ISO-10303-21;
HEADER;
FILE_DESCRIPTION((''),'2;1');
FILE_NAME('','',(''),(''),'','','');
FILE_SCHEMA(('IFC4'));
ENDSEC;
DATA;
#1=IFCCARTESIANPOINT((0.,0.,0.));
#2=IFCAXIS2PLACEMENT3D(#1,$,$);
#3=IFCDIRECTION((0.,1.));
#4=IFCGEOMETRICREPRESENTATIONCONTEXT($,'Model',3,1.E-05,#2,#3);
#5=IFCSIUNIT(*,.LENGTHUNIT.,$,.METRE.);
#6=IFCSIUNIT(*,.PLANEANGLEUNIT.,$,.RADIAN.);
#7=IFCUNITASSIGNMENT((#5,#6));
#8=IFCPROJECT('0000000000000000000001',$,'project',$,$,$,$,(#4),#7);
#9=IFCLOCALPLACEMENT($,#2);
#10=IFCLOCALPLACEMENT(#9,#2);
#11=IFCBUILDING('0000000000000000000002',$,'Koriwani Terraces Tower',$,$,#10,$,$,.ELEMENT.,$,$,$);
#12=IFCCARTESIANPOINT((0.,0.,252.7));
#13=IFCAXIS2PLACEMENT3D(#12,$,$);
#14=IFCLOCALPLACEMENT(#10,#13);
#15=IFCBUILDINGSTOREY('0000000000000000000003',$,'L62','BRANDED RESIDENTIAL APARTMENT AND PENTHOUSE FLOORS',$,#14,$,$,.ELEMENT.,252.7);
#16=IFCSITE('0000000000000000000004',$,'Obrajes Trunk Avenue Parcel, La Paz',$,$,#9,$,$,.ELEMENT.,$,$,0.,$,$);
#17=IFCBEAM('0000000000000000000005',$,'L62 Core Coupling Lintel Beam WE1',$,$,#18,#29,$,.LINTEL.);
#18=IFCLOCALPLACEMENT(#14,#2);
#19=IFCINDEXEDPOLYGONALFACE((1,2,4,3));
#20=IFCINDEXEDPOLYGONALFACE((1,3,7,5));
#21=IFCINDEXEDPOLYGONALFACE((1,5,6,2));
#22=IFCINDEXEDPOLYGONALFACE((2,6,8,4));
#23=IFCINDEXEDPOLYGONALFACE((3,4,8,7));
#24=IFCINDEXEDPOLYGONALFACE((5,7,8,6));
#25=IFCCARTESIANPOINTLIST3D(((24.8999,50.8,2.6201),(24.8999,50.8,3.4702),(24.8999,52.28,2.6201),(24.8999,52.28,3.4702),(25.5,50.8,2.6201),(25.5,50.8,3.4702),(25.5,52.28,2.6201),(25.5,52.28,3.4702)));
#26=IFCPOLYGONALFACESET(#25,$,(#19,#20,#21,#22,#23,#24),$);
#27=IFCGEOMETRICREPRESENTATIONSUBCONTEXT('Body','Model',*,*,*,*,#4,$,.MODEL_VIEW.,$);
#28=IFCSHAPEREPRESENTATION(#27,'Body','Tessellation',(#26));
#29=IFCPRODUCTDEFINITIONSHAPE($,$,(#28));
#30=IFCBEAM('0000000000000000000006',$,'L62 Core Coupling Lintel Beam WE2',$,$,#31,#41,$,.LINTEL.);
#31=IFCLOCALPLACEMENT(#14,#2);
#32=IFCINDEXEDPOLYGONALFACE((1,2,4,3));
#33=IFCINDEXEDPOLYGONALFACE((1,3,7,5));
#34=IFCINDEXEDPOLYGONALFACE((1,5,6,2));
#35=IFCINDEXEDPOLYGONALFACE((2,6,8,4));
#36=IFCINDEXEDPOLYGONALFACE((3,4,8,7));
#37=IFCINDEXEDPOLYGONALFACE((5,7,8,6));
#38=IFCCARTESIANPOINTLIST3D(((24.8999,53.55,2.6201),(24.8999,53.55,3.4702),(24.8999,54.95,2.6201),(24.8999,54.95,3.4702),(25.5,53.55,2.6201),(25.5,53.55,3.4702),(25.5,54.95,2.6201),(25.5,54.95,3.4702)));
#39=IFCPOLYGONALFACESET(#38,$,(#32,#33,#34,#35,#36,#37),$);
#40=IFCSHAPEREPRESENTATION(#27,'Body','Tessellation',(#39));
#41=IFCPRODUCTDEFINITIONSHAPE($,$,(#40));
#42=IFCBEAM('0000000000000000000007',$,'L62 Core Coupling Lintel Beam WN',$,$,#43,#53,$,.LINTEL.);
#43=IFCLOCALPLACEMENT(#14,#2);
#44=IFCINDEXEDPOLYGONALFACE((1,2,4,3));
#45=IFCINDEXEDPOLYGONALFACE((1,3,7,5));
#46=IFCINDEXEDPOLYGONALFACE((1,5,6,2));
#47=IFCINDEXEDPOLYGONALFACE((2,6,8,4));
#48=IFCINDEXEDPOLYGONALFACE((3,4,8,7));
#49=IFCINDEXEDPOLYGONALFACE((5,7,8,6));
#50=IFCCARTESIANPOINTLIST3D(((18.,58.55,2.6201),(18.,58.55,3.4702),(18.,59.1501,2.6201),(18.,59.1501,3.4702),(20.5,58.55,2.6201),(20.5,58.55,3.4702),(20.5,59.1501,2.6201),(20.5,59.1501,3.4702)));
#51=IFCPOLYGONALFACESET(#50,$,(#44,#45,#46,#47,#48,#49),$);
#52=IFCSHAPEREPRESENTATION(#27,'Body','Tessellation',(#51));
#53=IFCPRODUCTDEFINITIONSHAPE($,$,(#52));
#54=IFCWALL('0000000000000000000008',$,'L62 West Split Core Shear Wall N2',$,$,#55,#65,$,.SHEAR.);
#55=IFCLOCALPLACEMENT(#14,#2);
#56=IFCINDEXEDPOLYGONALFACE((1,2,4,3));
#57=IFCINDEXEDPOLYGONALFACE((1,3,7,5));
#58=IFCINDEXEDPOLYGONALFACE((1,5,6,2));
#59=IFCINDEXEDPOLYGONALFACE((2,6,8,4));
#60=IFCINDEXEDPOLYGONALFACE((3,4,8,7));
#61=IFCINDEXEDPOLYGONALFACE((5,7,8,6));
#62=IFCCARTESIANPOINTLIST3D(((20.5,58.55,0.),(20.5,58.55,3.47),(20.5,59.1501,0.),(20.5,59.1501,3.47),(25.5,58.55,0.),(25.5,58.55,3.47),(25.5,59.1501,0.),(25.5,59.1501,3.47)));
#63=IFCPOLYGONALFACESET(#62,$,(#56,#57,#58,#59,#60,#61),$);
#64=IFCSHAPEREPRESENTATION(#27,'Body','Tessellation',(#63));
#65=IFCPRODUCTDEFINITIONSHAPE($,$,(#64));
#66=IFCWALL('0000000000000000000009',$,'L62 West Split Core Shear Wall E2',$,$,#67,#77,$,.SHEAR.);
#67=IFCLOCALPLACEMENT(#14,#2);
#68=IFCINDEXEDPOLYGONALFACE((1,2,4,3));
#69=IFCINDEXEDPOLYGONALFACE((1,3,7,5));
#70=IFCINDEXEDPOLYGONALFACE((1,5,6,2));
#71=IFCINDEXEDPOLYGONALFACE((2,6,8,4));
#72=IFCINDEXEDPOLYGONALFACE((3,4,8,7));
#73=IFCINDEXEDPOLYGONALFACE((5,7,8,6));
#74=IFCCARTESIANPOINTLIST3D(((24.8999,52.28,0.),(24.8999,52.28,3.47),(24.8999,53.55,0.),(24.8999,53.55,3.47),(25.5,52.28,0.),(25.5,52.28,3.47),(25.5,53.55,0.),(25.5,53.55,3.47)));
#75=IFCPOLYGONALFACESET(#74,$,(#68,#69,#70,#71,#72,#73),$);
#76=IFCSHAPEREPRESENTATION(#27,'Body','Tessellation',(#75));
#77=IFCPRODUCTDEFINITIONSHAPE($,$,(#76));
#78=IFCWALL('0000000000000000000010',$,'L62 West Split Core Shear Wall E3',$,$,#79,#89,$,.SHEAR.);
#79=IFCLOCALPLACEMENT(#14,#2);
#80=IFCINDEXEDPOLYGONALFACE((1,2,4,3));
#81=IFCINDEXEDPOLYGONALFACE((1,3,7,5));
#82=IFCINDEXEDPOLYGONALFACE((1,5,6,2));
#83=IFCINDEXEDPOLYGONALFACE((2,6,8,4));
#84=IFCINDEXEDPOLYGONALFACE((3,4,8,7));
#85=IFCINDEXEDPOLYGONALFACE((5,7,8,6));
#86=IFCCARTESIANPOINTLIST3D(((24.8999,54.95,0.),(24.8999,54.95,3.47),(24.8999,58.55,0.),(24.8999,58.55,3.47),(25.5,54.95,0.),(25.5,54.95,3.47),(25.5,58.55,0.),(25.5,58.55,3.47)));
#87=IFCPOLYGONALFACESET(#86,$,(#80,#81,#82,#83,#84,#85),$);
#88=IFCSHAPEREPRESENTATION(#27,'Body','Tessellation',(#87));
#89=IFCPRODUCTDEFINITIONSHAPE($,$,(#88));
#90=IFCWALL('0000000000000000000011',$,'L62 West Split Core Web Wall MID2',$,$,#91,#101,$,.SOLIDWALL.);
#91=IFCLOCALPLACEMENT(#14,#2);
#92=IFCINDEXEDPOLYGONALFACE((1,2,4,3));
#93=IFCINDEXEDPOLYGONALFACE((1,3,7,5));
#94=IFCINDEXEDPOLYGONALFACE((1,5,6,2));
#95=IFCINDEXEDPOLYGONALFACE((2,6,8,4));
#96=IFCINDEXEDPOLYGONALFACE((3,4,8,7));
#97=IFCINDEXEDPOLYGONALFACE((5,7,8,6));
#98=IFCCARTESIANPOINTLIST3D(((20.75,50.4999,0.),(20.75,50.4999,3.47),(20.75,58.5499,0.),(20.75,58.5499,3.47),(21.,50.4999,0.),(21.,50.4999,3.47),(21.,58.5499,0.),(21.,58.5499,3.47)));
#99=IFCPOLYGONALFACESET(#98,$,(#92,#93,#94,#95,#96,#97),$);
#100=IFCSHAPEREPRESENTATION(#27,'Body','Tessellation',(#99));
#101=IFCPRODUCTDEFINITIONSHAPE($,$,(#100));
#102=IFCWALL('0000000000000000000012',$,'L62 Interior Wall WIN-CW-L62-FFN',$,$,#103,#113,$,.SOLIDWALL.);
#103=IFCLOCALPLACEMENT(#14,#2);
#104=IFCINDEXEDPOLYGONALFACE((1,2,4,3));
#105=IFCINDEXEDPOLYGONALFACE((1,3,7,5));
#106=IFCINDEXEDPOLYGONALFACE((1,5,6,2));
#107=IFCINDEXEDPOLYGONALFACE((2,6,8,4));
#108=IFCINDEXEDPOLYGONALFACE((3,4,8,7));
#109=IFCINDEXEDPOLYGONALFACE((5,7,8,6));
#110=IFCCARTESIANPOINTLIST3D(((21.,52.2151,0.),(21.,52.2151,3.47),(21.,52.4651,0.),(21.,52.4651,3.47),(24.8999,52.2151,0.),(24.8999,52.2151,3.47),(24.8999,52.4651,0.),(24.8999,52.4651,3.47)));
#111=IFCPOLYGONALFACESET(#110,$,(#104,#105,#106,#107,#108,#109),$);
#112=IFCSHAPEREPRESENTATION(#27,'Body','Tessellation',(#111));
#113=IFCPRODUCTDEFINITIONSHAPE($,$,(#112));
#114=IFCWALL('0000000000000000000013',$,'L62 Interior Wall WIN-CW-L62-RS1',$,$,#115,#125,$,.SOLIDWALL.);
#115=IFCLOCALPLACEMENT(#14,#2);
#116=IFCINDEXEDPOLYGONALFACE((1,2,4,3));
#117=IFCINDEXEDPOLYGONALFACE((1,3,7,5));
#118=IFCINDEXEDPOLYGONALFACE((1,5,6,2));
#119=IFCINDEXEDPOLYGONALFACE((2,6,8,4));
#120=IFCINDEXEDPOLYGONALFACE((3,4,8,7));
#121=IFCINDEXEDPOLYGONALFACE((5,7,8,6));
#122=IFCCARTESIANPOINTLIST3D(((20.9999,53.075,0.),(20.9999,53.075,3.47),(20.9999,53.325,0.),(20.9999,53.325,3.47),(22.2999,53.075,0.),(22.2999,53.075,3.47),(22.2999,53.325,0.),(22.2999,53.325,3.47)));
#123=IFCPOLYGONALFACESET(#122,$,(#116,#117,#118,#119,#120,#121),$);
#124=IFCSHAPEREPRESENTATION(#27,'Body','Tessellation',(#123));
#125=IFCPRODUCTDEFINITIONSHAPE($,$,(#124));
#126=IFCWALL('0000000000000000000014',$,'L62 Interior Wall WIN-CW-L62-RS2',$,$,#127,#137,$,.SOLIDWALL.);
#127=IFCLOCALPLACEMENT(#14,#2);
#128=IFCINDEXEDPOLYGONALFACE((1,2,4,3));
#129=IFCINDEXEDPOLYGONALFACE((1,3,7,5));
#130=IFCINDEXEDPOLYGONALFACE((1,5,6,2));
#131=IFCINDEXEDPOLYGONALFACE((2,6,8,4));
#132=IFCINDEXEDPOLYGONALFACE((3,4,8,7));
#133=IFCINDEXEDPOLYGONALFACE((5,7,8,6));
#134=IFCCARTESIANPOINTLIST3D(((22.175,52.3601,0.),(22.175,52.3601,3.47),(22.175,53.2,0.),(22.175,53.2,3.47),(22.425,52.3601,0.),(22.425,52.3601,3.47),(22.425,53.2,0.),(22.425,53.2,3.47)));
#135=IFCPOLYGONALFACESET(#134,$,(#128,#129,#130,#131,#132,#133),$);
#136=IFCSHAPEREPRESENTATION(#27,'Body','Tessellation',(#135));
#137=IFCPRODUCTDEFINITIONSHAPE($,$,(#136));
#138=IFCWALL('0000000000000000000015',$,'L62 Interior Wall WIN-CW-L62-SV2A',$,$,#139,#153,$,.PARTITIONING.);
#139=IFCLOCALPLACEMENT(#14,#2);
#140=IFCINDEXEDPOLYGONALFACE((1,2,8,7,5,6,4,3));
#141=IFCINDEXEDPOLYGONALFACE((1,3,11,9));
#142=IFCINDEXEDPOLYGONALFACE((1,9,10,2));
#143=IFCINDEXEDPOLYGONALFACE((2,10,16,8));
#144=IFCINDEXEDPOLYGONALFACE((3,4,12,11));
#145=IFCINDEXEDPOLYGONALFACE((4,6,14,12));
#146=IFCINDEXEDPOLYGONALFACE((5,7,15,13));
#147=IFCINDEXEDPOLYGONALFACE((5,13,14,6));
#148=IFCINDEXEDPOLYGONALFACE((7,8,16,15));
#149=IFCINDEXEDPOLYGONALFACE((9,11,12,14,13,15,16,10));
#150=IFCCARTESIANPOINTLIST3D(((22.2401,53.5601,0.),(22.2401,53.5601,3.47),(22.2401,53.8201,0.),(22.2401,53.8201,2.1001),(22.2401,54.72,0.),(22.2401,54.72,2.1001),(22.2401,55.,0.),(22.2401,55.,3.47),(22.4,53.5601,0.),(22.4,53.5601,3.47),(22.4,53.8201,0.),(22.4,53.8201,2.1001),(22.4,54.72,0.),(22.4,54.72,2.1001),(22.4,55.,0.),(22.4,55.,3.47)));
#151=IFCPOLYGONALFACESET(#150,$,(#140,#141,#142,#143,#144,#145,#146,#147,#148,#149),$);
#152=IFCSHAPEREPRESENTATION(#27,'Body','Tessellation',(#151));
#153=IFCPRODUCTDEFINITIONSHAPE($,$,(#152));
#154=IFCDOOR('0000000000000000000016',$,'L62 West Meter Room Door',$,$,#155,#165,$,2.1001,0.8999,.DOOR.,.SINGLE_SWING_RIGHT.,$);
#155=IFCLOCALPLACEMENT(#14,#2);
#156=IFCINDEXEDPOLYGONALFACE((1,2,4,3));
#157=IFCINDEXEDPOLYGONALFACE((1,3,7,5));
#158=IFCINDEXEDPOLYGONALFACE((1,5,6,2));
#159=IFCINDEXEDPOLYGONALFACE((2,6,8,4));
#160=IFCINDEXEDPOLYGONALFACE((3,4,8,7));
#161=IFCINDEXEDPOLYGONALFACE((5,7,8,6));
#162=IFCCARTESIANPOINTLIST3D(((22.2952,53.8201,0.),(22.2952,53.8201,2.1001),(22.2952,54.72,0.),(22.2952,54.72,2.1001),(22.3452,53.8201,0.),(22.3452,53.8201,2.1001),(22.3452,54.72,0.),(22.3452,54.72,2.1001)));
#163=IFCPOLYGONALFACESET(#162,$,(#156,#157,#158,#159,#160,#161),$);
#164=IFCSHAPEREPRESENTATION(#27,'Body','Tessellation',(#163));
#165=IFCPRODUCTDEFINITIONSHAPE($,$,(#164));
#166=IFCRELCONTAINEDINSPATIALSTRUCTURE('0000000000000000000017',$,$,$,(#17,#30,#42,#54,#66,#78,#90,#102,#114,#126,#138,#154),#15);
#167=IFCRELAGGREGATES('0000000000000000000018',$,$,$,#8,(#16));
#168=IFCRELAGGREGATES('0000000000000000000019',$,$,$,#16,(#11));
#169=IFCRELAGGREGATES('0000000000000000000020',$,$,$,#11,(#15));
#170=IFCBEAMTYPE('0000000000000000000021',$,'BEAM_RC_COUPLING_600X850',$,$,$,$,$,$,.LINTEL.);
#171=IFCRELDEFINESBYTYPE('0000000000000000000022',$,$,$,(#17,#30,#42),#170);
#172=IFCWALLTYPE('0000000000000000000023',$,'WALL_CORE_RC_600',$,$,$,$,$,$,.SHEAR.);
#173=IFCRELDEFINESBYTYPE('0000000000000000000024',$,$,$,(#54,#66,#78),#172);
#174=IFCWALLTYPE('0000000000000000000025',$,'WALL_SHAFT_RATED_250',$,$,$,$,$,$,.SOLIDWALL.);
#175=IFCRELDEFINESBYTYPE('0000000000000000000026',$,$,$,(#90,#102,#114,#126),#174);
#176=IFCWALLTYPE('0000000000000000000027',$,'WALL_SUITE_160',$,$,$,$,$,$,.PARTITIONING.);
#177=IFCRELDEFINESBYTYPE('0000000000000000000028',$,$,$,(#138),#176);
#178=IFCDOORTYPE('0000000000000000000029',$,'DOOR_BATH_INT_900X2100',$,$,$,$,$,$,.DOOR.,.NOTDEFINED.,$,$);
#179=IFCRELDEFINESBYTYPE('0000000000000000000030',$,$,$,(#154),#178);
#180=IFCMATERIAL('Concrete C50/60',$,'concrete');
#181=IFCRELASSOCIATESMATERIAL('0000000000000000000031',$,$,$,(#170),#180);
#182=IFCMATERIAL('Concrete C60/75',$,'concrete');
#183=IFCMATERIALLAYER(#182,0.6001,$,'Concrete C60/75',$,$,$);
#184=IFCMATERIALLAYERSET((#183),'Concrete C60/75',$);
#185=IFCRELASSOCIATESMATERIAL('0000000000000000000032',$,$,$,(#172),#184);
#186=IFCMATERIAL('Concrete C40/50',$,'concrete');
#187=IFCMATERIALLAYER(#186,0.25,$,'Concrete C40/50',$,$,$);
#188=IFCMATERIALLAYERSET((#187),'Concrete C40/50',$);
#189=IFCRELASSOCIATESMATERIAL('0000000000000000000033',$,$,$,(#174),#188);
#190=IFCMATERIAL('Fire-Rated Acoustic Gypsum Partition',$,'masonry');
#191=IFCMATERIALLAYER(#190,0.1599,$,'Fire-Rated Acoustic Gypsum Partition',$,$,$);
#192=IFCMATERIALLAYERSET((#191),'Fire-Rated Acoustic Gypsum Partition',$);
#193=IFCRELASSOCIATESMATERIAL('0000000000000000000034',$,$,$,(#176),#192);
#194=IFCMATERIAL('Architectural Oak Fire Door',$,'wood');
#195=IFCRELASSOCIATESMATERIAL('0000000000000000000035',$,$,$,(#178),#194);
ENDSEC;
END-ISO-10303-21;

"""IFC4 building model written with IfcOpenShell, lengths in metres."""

from ifc_helpers import new_model, si_unit, direction, frame, frame_2d, origin, origin_2d, place, context, subcontext, project, spatial, rectangle, extrude, material, layer, layer_set, material_profile, profile_set, type_object, element, fill, save


model = new_model("IFC4")

# Units and contexts
model_context = context("Model", 3, precision=1e-05, world=origin(), true_north=direction((0.0, 1.0)))
body_context = subcontext(model_context, "Body", "Model", "MODEL_VIEW")
ifc_project = project(units=[si_unit("LENGTHUNIT", "METRE"), si_unit("PLANEANGLEUNIT", "RADIAN")], contexts=[model_context])

# Site, building, storey
site_placement = place(None, origin())
site = spatial("IfcSite", under=ifc_project, at=site_placement, Name="Obrajes Trunk Avenue Parcel, La Paz", CompositionType="ELEMENT", RefElevation=0.0)
building_placement = place(site_placement, origin())
building = spatial("IfcBuilding", under=site, at=building_placement, Name="Koriwani Terraces Tower", CompositionType="ELEMENT")
storey_placement = place(building_placement, frame((0.0, 0.0, 252.7)))
storey = spatial("IfcBuildingStorey", under=building, at=storey_placement, Name="L62", Description="BRANDED RESIDENTIAL APARTMENT AND PENTHOUSE FLOORS", CompositionType="ELEMENT", Elevation=252.7)

# Beams
ifc_material_1 = material(Name="Concrete C50/60", Category="concrete")
ifc_material_profile = material_profile(ifc_material_1, rectangle(XDim=0.6001, YDim=0.8501, at=origin_2d()), Name="Concrete C50/60", Category="LoadBearing")
ifc_profile_set = profile_set([ifc_material_profile], Name="Concrete C50/60")
beam_type = type_object("IfcBeamType", Name="BEAM_RC_COUPLING_600X850", PredefinedType="LINTEL", material=ifc_profile_set)
beam_1_placement = place(storey_placement, frame((25.2, 50.8, 3.0452), z_axis=(0.0, 1.0, 0.0), x_axis=(-1.0, 0.0, 0.0)))
element("IfcBeam", 1, at=beam_1_placement, inside=storey, type_object=beam_type, Name="L62 Core Coupling Lintel Beam WE1", PredefinedType="LINTEL", context=body_context, shape_type="SweptSolid", body=[
    extrude(rectangle(XDim=0.6001, YDim=0.8501, at=origin_2d()), origin(), (0.0, 0.0, 1.0), 1.48),
])
beam_2_placement = place(storey_placement, frame((25.2, 53.55, 3.0452), z_axis=(0.0, 1.0, 0.0), x_axis=(-1.0, 0.0, 0.0)))
element("IfcBeam", 2, at=beam_2_placement, inside=storey, type_object=beam_type, Name="L62 Core Coupling Lintel Beam WE2", PredefinedType="LINTEL", context=body_context, shape_type="SweptSolid", body=[
    extrude(rectangle(XDim=0.6001, YDim=0.8501, at=origin_2d()), origin(), (0.0, 0.0, 1.0), 1.3999),
])
beam_3_placement = place(storey_placement, frame((18.0, 58.8501, 3.0452), z_axis=(1.0, 0.0, 0.0), x_axis=(0.0, 1.0, 0.0)))
element("IfcBeam", 3, at=beam_3_placement, inside=storey, type_object=beam_type, Name="L62 Core Coupling Lintel Beam WN", PredefinedType="LINTEL", context=body_context, shape_type="SweptSolid", body=[
    extrude(rectangle(XDim=0.6001, YDim=0.8501, at=origin_2d()), origin(), (0.0, 0.0, 1.0), 2.5),
])

# Walls
ifc_material_2 = material(Name="Concrete C60/75", Category="concrete")
ifc_layer_1 = layer(ifc_material_2, 0.6001, Name="Concrete C60/75")
ifc_layer_set_1 = layer_set([ifc_layer_1], Name="Concrete C60/75")
wall_type_1 = type_object("IfcWallType", Name="WALL_CORE_RC_600", PredefinedType="SHEAR", material=ifc_layer_set_1)
wall_1_placement = place(storey_placement, frame((20.5, 58.8501, 0.0), z_axis=(0.0, 0.0, 1.0), x_axis=(1.0, 0.0, 0.0)))
element("IfcWall", 4, at=wall_1_placement, inside=storey, type_object=wall_type_1, Name="L62 West Split Core Shear Wall N2", PredefinedType="SHEAR", context=body_context, shape_type="SweptSolid", body=[
    extrude(rectangle(XDim=5.0, YDim=0.6001, at=frame_2d((2.5, 0.0))), origin(), (0.0, 0.0, 1.0), 3.47),
])
wall_2_placement = place(storey_placement, frame((25.2, 52.28, 0.0), z_axis=(0.0, 0.0, 1.0), x_axis=(0.0, 1.0, 0.0)))
element("IfcWall", 5, at=wall_2_placement, inside=storey, type_object=wall_type_1, Name="L62 West Split Core Shear Wall E2", PredefinedType="SHEAR", context=body_context, shape_type="SweptSolid", body=[
    extrude(rectangle(XDim=1.27, YDim=0.6001, at=frame_2d((0.635, 0.0))), origin(), (0.0, 0.0, 1.0), 3.47),
])
wall_3_placement = place(storey_placement, frame((25.2, 54.95, 0.0), z_axis=(0.0, 0.0, 1.0), x_axis=(0.0, 1.0, 0.0)))
element("IfcWall", 6, at=wall_3_placement, inside=storey, type_object=wall_type_1, Name="L62 West Split Core Shear Wall E3", PredefinedType="SHEAR", context=body_context, shape_type="SweptSolid", body=[
    extrude(rectangle(XDim=3.6001, YDim=0.6001, at=frame_2d((1.8, 0.0))), origin(), (0.0, 0.0, 1.0), 3.47),
])
ifc_material_3 = material(Name="Concrete C40/50", Category="concrete")
ifc_layer_2 = layer(ifc_material_3, 0.25, Name="Concrete C40/50")
ifc_layer_set_2 = layer_set([ifc_layer_2], Name="Concrete C40/50")
wall_type_2 = type_object("IfcWallType", Name="WALL_SHAFT_RATED_250", PredefinedType="SOLIDWALL", material=ifc_layer_set_2)
wall_4_placement = place(storey_placement, frame((20.875, 50.5, 0.0), z_axis=(0.0, 0.0, 1.0), x_axis=(0.0, 1.0, 0.0)))
element("IfcWall", 7, at=wall_4_placement, inside=storey, type_object=wall_type_2, Name="L62 West Split Core Web Wall MID2", PredefinedType="SOLIDWALL", context=body_context, shape_type="SweptSolid", body=[
    extrude(rectangle(XDim=8.05, YDim=0.25, at=frame_2d((4.0249, 0.0))), origin(), (0.0, 0.0, 1.0), 3.47),
])
wall_5_placement = place(storey_placement, frame((21.0, 52.3401, 0.0), z_axis=(0.0, 0.0, 1.0), x_axis=(1.0, 0.0, 0.0)))
element("IfcWall", 8, at=wall_5_placement, inside=storey, type_object=wall_type_2, Name="L62 Interior Wall WIN-CW-L62-FFN", PredefinedType="SOLIDWALL", context=body_context, shape_type="SweptSolid", body=[
    extrude(rectangle(XDim=3.8999, YDim=0.25, at=frame_2d((1.95, 0.0))), origin(), (0.0, 0.0, 1.0), 3.47),
])

# Walls
wall_6_placement = place(storey_placement, frame((21.0, 53.2, 0.0), z_axis=(0.0, 0.0, 1.0), x_axis=(1.0, 0.0, 0.0)))
element("IfcWall", 9, at=wall_6_placement, inside=storey, type_object=wall_type_2, Name="L62 Interior Wall WIN-CW-L62-RS1", PredefinedType="SOLIDWALL", context=body_context, shape_type="SweptSolid", body=[
    extrude(rectangle(XDim=1.3, YDim=0.25, at=frame_2d((0.6499, 0.0))), origin(), (0.0, 0.0, 1.0), 3.47),
])
wall_7_placement = place(storey_placement, frame((22.3, 52.3601, 0.0), z_axis=(0.0, 0.0, 1.0), x_axis=(0.0, 1.0, 0.0)))
element("IfcWall", 10, at=wall_7_placement, inside=storey, type_object=wall_type_2, Name="L62 Interior Wall WIN-CW-L62-RS2", PredefinedType="SOLIDWALL", context=body_context, shape_type="SweptSolid", body=[
    extrude(rectangle(XDim=0.8398, YDim=0.25, at=frame_2d((0.4199, 0.0))), origin(), (0.0, 0.0, 1.0), 3.47),
])

# Wall, opening, door
ifc_material_4 = material(Name="Fire-Rated Acoustic Gypsum Partition", Category="masonry")
ifc_layer_3 = layer(ifc_material_4, 0.1599, Name="Fire-Rated Acoustic Gypsum Partition")
ifc_layer_set_3 = layer_set([ifc_layer_3], Name="Fire-Rated Acoustic Gypsum Partition")
wall_type_3 = type_object("IfcWallType", Name="WALL_SUITE_160", PredefinedType="PARTITIONING", material=ifc_layer_set_3)
wall_8_placement = place(storey_placement, frame((22.3201, 53.5601, 0.0), z_axis=(0.0, 0.0, 1.0), x_axis=(0.0, 1.0, 0.0)))
wall_8 = element("IfcWall", 11, at=wall_8_placement, inside=storey, type_object=wall_type_3, Name="L62 Interior Wall WIN-CW-L62-SV2A", PredefinedType="PARTITIONING", context=body_context, shape_type="SweptSolid", body=[
    extrude(rectangle(XDim=1.4399, YDim=0.1599, at=frame_2d((0.72, 0.0))), origin(), (0.0, 0.0, 1.0), 3.47),
])
opening_1_placement = place(wall_8_placement, frame((0.26, 0.0, 0.0)))
opening_1 = element("IfcOpeningElement", 12, at=opening_1_placement, cuts=wall_8, PredefinedType="OPENING", context=body_context, shape_type="SweptSolid", body=[
    extrude(rectangle(XDim=0.8999, YDim=2.1001, at=frame_2d((0.45, 1.05))), frame((0.0, 0.0898, 0.0), z_axis=(0.0, -1.0, 0.0), x_axis=(1.0, 0.0, 0.0)), (0.0, 0.0, 1.0), 0.1799),
])
ifc_material_5 = material(Name="Architectural Oak Fire Door", Category="wood")
door_type_1 = type_object("IfcDoorType", Name="DOOR_BATH_INT_900X2100", OperationType="NOTDEFINED", PredefinedType="DOOR", material=ifc_material_5)
door_1_placement = place(opening_1_placement, origin())
door_1 = element("IfcDoor", 13, at=door_1_placement, inside=storey, type_object=door_type_1, Name="L62 West Meter Room Door", OperationType="SINGLE_SWING_RIGHT", OverallHeight=2.1001, OverallWidth=0.8999, PredefinedType="DOOR", context=body_context, shape_type="SweptSolid", body=[
    extrude(rectangle(XDim=0.8999, YDim=2.1001, at=frame_2d((0.45, 1.05))), frame((0.0, 0.0249, 0.0), z_axis=(0.0, -1.0, 0.0), x_axis=(1.0, 0.0, 0.0)), (0.0, 0.0, 1.0), 0.05),
])
fill(opening_1, door_1)

save(model, "model.ifc")
